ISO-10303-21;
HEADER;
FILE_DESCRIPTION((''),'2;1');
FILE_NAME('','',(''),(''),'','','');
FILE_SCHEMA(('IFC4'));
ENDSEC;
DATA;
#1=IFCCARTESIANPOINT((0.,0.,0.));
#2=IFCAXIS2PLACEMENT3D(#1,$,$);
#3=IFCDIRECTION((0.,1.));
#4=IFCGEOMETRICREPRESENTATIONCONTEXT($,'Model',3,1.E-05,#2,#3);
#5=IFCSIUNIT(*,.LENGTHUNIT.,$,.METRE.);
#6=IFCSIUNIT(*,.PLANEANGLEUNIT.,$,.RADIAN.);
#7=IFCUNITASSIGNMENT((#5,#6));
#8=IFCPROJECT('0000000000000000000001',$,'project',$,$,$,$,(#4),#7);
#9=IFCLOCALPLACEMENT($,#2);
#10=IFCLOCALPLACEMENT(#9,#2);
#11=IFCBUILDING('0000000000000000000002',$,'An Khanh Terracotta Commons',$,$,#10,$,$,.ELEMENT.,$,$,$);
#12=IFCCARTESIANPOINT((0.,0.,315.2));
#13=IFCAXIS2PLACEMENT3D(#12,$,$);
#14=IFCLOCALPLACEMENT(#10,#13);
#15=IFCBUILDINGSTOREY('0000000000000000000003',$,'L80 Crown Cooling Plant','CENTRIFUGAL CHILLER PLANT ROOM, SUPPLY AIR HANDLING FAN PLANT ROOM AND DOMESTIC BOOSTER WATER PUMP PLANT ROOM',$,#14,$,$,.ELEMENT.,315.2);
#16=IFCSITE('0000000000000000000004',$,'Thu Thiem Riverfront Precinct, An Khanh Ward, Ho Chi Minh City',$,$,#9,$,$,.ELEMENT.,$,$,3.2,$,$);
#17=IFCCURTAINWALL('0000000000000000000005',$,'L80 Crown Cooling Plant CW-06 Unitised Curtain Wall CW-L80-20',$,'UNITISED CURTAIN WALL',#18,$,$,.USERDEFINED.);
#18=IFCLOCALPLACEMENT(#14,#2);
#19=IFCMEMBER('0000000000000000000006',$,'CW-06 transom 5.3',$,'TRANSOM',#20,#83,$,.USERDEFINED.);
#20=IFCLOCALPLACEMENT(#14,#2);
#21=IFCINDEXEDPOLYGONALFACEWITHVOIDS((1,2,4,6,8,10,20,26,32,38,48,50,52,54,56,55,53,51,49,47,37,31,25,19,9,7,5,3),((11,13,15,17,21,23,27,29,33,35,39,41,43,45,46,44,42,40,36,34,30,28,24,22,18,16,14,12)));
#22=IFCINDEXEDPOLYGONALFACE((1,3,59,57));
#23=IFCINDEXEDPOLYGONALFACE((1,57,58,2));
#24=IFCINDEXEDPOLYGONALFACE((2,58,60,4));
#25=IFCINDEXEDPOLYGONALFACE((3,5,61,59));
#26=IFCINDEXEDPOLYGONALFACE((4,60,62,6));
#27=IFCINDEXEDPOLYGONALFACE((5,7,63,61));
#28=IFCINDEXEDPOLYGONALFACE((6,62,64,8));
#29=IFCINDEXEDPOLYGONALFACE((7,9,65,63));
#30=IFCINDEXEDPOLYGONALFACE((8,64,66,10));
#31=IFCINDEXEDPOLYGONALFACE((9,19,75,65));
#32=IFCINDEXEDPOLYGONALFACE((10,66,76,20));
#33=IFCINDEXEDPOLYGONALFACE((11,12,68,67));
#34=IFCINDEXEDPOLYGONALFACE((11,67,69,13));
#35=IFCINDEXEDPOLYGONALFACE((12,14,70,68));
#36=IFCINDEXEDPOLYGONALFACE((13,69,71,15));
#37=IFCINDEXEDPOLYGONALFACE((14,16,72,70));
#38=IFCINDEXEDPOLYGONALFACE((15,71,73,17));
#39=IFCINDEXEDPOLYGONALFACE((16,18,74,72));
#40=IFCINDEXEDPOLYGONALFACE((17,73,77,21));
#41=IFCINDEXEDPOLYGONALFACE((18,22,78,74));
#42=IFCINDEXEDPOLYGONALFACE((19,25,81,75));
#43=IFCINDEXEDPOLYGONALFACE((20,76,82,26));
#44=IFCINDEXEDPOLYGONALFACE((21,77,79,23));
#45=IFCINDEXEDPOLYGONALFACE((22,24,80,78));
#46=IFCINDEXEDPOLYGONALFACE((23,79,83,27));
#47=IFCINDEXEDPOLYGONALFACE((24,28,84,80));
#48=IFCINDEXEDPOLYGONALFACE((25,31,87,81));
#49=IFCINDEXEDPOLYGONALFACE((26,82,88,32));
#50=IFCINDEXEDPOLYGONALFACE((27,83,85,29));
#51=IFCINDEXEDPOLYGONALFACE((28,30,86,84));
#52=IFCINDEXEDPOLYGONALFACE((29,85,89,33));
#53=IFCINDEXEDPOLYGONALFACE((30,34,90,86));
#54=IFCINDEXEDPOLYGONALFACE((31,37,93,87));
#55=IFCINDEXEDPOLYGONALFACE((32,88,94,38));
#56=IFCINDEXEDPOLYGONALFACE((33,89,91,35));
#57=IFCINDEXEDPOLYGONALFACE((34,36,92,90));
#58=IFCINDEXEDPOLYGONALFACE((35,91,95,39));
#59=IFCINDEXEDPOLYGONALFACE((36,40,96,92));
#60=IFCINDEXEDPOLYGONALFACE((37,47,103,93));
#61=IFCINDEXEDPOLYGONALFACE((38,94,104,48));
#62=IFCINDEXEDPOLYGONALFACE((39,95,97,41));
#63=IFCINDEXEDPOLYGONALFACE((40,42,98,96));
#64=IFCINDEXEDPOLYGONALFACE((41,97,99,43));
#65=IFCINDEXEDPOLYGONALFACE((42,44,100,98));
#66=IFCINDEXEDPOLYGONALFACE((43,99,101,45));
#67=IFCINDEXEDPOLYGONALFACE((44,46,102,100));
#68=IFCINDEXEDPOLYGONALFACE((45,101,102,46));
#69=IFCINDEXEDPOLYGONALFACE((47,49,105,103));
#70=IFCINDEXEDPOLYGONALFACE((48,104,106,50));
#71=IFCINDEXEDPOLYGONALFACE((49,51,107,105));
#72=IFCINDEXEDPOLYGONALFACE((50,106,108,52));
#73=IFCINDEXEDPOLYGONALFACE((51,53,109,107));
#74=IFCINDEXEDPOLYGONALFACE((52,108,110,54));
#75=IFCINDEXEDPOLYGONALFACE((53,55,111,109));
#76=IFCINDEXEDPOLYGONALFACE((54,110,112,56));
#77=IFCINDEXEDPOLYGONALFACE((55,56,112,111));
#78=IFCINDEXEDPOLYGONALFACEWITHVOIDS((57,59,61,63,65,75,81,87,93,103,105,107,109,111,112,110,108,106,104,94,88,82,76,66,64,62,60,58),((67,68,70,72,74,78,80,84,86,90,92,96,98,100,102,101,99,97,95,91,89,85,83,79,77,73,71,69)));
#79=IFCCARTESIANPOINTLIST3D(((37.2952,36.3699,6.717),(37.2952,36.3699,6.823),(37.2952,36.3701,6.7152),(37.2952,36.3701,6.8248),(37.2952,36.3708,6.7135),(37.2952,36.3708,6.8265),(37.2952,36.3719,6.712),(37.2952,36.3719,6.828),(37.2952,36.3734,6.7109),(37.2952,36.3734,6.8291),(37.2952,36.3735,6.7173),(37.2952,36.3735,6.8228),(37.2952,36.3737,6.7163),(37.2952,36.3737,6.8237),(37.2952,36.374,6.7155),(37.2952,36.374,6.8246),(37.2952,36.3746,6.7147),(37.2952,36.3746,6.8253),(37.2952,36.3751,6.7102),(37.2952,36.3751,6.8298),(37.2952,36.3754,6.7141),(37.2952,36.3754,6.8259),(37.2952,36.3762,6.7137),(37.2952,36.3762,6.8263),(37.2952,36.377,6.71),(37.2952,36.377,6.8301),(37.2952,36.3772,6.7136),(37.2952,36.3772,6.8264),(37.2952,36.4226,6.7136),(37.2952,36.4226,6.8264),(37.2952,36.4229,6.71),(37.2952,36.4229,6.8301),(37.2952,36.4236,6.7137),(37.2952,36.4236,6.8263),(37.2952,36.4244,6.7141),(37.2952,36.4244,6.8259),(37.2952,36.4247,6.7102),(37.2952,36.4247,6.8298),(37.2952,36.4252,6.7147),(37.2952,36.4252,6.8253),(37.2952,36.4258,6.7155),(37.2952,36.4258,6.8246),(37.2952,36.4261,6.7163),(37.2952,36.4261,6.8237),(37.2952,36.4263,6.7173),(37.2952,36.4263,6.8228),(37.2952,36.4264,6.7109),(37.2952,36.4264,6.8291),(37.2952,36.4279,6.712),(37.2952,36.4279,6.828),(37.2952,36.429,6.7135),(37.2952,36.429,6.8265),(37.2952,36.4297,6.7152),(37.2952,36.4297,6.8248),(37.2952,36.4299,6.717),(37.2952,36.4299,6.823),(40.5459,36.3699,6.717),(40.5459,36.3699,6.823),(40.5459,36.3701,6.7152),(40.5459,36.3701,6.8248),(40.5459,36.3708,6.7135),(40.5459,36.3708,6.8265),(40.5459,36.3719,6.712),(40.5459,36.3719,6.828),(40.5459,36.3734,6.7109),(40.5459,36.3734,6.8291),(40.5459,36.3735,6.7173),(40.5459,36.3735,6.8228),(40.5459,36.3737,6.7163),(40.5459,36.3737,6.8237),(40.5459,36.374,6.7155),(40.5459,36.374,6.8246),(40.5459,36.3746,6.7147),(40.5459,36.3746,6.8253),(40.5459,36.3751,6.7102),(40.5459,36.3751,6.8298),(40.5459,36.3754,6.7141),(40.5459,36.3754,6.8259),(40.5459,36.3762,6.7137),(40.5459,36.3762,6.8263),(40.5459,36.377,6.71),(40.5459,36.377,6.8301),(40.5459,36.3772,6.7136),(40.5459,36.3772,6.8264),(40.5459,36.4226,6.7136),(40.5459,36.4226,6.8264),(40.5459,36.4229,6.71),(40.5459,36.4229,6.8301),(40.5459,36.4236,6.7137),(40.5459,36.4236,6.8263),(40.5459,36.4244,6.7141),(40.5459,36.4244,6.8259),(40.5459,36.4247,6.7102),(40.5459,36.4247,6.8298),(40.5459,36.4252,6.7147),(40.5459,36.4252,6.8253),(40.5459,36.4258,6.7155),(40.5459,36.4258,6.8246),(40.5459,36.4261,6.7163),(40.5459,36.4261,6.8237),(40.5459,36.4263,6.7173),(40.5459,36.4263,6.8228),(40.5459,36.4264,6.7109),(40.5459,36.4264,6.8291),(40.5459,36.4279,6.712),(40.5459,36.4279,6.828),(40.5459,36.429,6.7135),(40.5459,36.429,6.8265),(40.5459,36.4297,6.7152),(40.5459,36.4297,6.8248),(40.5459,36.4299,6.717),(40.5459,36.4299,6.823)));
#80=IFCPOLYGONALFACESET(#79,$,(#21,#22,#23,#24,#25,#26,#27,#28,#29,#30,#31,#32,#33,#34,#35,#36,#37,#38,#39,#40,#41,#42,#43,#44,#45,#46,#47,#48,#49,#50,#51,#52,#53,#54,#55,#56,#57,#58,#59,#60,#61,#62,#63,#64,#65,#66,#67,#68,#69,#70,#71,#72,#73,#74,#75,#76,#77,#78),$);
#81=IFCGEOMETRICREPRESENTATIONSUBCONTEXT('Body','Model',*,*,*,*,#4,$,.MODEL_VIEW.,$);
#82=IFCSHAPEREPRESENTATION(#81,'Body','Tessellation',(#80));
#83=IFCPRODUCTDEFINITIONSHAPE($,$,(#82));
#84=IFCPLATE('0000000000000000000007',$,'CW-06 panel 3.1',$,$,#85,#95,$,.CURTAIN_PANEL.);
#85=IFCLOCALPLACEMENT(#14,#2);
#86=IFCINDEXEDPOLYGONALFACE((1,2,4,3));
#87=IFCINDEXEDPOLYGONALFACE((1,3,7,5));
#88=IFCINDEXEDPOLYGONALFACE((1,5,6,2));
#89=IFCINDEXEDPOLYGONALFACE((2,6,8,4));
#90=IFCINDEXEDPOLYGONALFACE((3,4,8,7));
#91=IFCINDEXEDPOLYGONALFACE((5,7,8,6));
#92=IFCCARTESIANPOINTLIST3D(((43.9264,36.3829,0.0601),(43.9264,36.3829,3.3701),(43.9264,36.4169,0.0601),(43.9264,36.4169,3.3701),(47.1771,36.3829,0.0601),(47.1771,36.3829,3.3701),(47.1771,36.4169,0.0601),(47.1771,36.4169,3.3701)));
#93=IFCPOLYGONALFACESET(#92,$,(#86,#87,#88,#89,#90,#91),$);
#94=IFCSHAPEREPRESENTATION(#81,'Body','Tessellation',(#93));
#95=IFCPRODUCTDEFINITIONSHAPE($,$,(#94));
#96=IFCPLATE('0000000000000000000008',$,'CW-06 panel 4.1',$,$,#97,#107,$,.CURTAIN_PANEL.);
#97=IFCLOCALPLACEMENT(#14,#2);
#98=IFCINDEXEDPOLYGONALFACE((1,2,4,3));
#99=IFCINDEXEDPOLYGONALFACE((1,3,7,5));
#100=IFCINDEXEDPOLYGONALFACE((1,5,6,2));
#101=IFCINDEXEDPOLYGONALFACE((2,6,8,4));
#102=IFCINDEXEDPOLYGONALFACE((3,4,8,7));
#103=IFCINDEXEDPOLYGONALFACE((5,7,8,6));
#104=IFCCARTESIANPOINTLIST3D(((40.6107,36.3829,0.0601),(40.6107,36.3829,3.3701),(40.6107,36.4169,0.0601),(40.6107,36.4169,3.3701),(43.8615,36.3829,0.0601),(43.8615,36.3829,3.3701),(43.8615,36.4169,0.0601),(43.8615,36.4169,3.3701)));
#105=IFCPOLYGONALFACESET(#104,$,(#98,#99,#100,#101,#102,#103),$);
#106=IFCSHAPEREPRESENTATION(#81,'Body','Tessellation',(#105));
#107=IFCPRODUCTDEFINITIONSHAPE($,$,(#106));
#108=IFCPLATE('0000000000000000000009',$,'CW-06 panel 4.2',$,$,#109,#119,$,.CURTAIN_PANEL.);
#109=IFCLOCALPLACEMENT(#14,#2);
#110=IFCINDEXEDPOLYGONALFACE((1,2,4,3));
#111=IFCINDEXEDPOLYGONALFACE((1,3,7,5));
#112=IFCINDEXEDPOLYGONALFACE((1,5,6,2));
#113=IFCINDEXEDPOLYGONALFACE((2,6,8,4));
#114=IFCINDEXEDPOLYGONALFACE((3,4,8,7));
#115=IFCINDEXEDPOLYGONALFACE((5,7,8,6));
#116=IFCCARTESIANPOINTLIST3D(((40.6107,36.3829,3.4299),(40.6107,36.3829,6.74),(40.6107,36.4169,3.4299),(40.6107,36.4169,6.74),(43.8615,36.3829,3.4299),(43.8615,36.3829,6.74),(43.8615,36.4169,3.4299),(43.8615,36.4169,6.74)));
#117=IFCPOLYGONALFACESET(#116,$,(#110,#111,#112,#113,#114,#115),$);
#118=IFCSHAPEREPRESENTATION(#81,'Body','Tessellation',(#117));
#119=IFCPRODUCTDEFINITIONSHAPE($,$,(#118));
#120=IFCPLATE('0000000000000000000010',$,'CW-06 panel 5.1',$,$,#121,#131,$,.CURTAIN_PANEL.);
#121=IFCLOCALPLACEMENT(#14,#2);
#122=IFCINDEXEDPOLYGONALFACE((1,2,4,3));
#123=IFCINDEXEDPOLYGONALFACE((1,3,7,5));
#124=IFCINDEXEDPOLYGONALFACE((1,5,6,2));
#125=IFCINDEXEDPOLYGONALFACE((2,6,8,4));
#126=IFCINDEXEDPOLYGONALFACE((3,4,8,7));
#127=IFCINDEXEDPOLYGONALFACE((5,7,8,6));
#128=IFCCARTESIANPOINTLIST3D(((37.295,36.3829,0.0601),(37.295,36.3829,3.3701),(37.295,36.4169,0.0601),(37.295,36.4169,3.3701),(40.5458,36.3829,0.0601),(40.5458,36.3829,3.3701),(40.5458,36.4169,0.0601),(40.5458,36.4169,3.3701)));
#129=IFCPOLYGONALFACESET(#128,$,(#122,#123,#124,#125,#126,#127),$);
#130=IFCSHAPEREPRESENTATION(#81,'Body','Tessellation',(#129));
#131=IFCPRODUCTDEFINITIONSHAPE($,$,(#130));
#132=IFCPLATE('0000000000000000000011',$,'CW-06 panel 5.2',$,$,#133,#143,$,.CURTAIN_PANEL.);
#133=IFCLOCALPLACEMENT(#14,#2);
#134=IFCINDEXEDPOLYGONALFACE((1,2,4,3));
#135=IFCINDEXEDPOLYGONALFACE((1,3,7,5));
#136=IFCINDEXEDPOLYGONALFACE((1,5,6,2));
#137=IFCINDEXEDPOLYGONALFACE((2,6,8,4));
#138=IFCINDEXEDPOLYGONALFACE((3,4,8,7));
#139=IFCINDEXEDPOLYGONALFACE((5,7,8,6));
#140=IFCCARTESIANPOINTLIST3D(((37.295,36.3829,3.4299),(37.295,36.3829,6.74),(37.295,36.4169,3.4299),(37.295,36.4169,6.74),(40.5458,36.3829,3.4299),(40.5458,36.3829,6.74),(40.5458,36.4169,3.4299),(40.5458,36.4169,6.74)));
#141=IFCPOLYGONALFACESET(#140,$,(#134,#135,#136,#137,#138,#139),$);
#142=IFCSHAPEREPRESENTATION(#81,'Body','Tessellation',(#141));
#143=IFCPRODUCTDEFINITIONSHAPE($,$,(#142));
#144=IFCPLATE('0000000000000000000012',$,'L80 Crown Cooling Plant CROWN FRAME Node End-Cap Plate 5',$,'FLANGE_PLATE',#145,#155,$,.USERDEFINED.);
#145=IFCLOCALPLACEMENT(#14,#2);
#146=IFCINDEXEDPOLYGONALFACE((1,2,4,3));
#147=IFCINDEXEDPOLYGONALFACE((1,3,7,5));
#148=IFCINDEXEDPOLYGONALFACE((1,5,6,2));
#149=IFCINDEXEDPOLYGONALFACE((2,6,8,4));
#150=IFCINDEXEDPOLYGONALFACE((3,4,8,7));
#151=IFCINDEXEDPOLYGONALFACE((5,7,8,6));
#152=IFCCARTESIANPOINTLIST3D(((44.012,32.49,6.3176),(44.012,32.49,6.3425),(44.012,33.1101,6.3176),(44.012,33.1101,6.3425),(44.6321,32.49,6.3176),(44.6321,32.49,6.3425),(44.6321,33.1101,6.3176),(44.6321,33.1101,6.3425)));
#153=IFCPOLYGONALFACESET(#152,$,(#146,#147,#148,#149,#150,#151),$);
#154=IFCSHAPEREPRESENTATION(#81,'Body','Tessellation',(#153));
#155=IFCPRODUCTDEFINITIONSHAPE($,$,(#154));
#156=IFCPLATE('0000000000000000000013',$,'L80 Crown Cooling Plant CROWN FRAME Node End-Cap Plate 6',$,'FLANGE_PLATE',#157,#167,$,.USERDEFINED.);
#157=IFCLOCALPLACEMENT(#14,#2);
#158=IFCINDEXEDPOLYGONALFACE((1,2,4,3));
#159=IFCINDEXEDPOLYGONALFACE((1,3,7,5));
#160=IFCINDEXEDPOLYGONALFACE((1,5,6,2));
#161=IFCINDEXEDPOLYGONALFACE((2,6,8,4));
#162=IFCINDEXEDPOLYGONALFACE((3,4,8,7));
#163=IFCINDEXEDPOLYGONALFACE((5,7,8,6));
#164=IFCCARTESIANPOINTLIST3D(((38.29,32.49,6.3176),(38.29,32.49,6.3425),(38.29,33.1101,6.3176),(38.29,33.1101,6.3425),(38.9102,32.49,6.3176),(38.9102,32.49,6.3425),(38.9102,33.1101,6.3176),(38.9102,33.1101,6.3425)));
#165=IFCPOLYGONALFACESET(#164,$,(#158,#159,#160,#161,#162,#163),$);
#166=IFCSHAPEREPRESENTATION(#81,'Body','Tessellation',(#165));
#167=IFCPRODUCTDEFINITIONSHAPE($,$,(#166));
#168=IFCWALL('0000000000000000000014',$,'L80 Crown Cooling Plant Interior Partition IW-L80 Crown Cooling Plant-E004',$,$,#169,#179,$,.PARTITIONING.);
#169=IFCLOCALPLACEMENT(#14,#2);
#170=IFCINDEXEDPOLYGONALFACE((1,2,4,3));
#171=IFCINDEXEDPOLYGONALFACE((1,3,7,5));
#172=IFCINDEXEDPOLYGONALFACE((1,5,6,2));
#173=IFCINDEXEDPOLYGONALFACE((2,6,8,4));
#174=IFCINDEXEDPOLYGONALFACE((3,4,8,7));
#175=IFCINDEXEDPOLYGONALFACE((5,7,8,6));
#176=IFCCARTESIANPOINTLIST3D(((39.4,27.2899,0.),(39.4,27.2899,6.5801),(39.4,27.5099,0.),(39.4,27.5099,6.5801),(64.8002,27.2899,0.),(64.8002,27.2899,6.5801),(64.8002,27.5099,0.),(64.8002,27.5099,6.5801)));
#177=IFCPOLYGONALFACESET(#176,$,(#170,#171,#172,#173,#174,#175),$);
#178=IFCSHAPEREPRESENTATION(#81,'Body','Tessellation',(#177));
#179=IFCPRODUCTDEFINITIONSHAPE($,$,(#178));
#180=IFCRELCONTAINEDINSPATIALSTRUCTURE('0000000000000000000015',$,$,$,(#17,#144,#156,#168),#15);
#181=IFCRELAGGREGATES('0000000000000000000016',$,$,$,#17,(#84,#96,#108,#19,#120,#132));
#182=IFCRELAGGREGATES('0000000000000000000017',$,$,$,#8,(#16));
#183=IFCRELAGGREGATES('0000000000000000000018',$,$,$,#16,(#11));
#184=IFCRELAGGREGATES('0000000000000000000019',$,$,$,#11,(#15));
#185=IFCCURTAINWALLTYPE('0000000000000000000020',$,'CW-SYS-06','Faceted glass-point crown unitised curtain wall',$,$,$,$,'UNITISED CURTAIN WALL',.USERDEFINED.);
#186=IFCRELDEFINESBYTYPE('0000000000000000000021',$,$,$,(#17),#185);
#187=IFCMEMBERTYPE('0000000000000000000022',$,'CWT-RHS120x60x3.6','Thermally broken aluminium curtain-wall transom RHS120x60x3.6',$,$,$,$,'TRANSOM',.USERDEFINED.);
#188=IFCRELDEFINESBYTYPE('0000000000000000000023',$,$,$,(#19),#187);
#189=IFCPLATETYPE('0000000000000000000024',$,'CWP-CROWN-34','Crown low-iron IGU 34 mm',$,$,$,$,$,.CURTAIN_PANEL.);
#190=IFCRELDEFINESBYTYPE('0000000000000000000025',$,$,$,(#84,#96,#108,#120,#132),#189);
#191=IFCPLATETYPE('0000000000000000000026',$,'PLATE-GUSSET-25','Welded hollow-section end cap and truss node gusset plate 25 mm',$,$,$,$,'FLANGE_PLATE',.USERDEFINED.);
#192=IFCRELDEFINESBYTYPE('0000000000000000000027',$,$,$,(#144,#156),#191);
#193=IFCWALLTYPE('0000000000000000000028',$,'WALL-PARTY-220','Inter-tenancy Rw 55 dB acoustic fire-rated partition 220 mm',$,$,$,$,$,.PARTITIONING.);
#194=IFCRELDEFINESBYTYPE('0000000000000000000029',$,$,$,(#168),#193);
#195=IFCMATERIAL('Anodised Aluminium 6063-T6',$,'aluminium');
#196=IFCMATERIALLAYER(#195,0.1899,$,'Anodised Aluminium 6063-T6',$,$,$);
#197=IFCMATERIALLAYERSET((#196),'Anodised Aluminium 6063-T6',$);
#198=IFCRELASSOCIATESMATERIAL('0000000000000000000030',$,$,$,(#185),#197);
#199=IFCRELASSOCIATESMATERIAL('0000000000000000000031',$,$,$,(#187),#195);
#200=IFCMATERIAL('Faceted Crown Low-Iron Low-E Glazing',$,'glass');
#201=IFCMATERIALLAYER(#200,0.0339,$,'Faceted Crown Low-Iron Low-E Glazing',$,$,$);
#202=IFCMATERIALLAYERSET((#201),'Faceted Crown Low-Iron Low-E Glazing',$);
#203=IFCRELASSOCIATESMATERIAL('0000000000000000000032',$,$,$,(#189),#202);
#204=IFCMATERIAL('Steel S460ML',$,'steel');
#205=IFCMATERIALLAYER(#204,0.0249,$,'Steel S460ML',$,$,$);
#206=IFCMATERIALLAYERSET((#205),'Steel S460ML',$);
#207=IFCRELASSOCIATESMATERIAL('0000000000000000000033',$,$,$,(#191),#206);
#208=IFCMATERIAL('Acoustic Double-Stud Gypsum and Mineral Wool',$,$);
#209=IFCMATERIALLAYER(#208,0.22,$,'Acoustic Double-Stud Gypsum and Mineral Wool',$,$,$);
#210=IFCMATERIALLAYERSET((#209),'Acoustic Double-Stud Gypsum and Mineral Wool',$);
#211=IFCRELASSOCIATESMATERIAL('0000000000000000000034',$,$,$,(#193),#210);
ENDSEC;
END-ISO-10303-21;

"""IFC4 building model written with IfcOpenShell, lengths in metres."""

from ifc_helpers import new_model, si_unit, direction, frame, frame_2d, origin, origin_2d, place, context, subcontext, project, spatial, rectangle, hollow_rectangle, extrude, material, layer, layer_set, material_profile, profile_set, type_object, element, aggregate, save


model = new_model("IFC4")

# Units and contexts
model_context = context("Model", 3, precision=1e-05, world=origin(), true_north=direction((0.0, 1.0)))
body_context = subcontext(model_context, "Body", "Model", "MODEL_VIEW")
ifc_project = project(units=[si_unit("LENGTHUNIT", "METRE"), si_unit("PLANEANGLEUNIT", "RADIAN")], contexts=[model_context])

# Site, building, storey
site_placement = place(None, origin())
site = spatial("IfcSite", under=ifc_project, at=site_placement, Name="Thu Thiem Riverfront Precinct, An Khanh Ward, Ho Chi Minh City", CompositionType="ELEMENT", RefElevation=3.2)
building_placement = place(site_placement, origin())
building = spatial("IfcBuilding", under=site, at=building_placement, Name="An Khanh Terracotta Commons", CompositionType="ELEMENT")
storey_placement = place(building_placement, frame((0.0, 0.0, 315.2)))
storey = spatial("IfcBuildingStorey", under=building, at=storey_placement, Name="L80 Crown Cooling Plant", Description="CENTRIFUGAL CHILLER PLANT ROOM, SUPPLY AIR HANDLING FAN PLANT ROOM AND DOMESTIC BOOSTER WATER PUMP PLANT ROOM", CompositionType="ELEMENT", Elevation=315.2)

# Shared definitions
ifc_material_1 = material(Name="Steel S460ML", Category="steel")

# Curtain wall, member, plates
ifc_material_2 = material(Name="Anodised Aluminium 6063-T6", Category="aluminium")
ifc_layer_1 = layer(ifc_material_2, 0.1899, Name="Anodised Aluminium 6063-T6")
ifc_layer_set_1 = layer_set([ifc_layer_1], Name="Anodised Aluminium 6063-T6")
curtain_wall_type = type_object("IfcCurtainWallType", Name="CW-SYS-06", Description="Faceted glass-point crown unitised curtain wall", ElementType="UNITISED CURTAIN WALL", PredefinedType="USERDEFINED", material=ifc_layer_set_1)
curtain_wall_placement = place(storey_placement, origin())
curtain_wall = element("IfcCurtainWall", 1, at=curtain_wall_placement, inside=storey, type_object=curtain_wall_type, Name="L80 Crown Cooling Plant CW-06 Unitised Curtain Wall CW-L80-20", ObjectType="UNITISED CURTAIN WALL", PredefinedType="USERDEFINED")
ifc_material_profile_1 = material_profile(ifc_material_2, hollow_rectangle(XDim=0.0601, YDim=0.1201, WallThickness=0.0037, InnerFilletRadius=0.0037, OuterFilletRadius=0.0071, at=origin_2d()), Name="RHS120x60x3.6")
ifc_profile_set_1 = profile_set([ifc_material_profile_1], Name="Anodised Aluminium 6063-T6")
member_type_1 = type_object("IfcMemberType", Name="CWT-RHS120x60x3.6", Description="Thermally broken aluminium curtain-wall transom RHS120x60x3.6", ElementType="TRANSOM", PredefinedType="USERDEFINED", material=ifc_profile_set_1)
member_1_placement = place(storey_placement, frame((40.5459, 36.3999, 6.77), z_axis=(-1.0, 0.0, 0.0), x_axis=(0.0, -1.0, 0.0)))
member_1 = element("IfcMember", 2, at=member_1_placement, type_object=member_type_1, Name="CW-06 transom 5.3", ObjectType="TRANSOM", PredefinedType="USERDEFINED", context=body_context, shape_type="SweptSolid", body=[
    extrude(hollow_rectangle(XDim=0.0601, YDim=0.1201, WallThickness=0.0037, InnerFilletRadius=0.0037, OuterFilletRadius=0.0071, at=origin_2d()), origin(), (0.0, 0.0, 1.0), 3.2507),
])
ifc_material_3 = material(Name="Faceted Crown Low-Iron Low-E Glazing", Category="glass")
ifc_layer_2 = layer(ifc_material_3, 0.0339, Name="Faceted Crown Low-Iron Low-E Glazing")
ifc_layer_set_2 = layer_set([ifc_layer_2], Name="Faceted Crown Low-Iron Low-E Glazing")
plate_type_1 = type_object("IfcPlateType", Name="CWP-CROWN-34", Description="Crown low-iron IGU 34 mm", PredefinedType="CURTAIN_PANEL", material=ifc_layer_set_2)
plate_1_placement = place(storey_placement, frame((45.5518, 36.3999, 0.0601), z_axis=(0.0, 0.0, 1.0), x_axis=(-1.0, 0.0, 0.0)))
plate_1 = element("IfcPlate", 3, at=plate_1_placement, type_object=plate_type_1, Name="CW-06 panel 3.1", PredefinedType="CURTAIN_PANEL", context=body_context, shape_type="SweptSolid", body=[
    extrude(rectangle(XDim=3.2507, YDim=0.0339, at=origin_2d()), origin(), (0.0, 0.0, 1.0), 3.3101),
])
plate_2_placement = place(storey_placement, frame((42.2361, 36.3999, 0.0601), z_axis=(0.0, 0.0, 1.0), x_axis=(-1.0, 0.0, 0.0)))
plate_2 = element("IfcPlate", 4, at=plate_2_placement, type_object=plate_type_1, Name="CW-06 panel 4.1", PredefinedType="CURTAIN_PANEL", context=body_context, shape_type="SweptSolid", body=[
    extrude(rectangle(XDim=3.2507, YDim=0.0339, at=origin_2d()), origin(), (0.0, 0.0, 1.0), 3.3101),
])
plate_3_placement = place(storey_placement, frame((42.2361, 36.3999, 3.4299), z_axis=(0.0, 0.0, 1.0), x_axis=(-1.0, 0.0, 0.0)))
plate_3 = element("IfcPlate", 5, at=plate_3_placement, type_object=plate_type_1, Name="CW-06 panel 4.2", PredefinedType="CURTAIN_PANEL", context=body_context, shape_type="SweptSolid", body=[
    extrude(rectangle(XDim=3.2507, YDim=0.0339, at=origin_2d()), origin(), (0.0, 0.0, 1.0), 3.3101),
])
plate_4_placement = place(storey_placement, frame((38.9204, 36.3999, 0.0601), z_axis=(0.0, 0.0, 1.0), x_axis=(-1.0, 0.0, 0.0)))
plate_4 = element("IfcPlate", 6, at=plate_4_placement, type_object=plate_type_1, Name="CW-06 panel 5.1", PredefinedType="CURTAIN_PANEL", context=body_context, shape_type="SweptSolid", body=[
    extrude(rectangle(XDim=3.2507, YDim=0.0339, at=origin_2d()), origin(), (0.0, 0.0, 1.0), 3.3101),
])
plate_5_placement = place(storey_placement, frame((38.9204, 36.3999, 3.4299), z_axis=(0.0, 0.0, 1.0), x_axis=(-1.0, 0.0, 0.0)))
plate_5 = element("IfcPlate", 7, at=plate_5_placement, type_object=plate_type_1, Name="CW-06 panel 5.2", PredefinedType="CURTAIN_PANEL", context=body_context, shape_type="SweptSolid", body=[
    extrude(rectangle(XDim=3.2507, YDim=0.0339, at=origin_2d()), origin(), (0.0, 0.0, 1.0), 3.3101),
])
aggregate(curtain_wall, [plate_1, plate_2, plate_3, member_1, plate_4, plate_5])

# Plates
ifc_layer_3 = layer(ifc_material_1, 0.0249, Name="Steel S460ML")
ifc_layer_set_3 = layer_set([ifc_layer_3], Name="Steel S460ML")
plate_type_2 = type_object("IfcPlateType", Name="PLATE-GUSSET-25", Description="Welded hollow-section end cap and truss node gusset plate 25 mm", ElementType="FLANGE_PLATE", PredefinedType="USERDEFINED", material=ifc_layer_set_3)
for number, where, z_axis, x_axis, name in (
    (8, (44.322, 32.8, 6.3176), (0.0, 0.0, 1.0), (1.0, 0.0, 0.0), "L80 Crown Cooling Plant CROWN FRAME Node End-Cap Plate 5"),
    (9, (38.6001, 32.8, 6.3176), (0.0, 0.0, 1.0), (1.0, 0.0, 0.0), "L80 Crown Cooling Plant CROWN FRAME Node End-Cap Plate 6"),
):
    element("IfcPlate", number, at=place(storey_placement, frame(where, z_axis=z_axis, x_axis=x_axis)), inside=storey, type_object=plate_type_2, Name=name, ObjectType="FLANGE_PLATE", PredefinedType="USERDEFINED", context=body_context, shape_type="SweptSolid", body=[
        extrude(rectangle(XDim=0.6201, YDim=0.6201, at=origin_2d()), origin(), (0.0, 0.0, 1.0), 0.0249),
    ])

# Wall
ifc_material_4 = material(Name="Acoustic Double-Stud Gypsum and Mineral Wool")
ifc_layer_4 = layer(ifc_material_4, 0.22, Name="Acoustic Double-Stud Gypsum and Mineral Wool")
ifc_layer_set_4 = layer_set([ifc_layer_4], Name="Acoustic Double-Stud Gypsum and Mineral Wool")
wall_type = type_object("IfcWallType", Name="WALL-PARTY-220", Description="Inter-tenancy Rw 55 dB acoustic fire-rated partition 220 mm", PredefinedType="PARTITIONING", material=ifc_layer_set_4)
wall_placement = place(storey_placement, frame((39.3999, 27.3999, 0.0), z_axis=(0.0, 0.0, 1.0), x_axis=(1.0, 0.0, 0.0)))
element("IfcWall", 10, at=wall_placement, inside=storey, type_object=wall_type, Name="L80 Crown Cooling Plant Interior Partition IW-L80 Crown Cooling Plant-E004", PredefinedType="PARTITIONING", context=body_context, shape_type="SweptSolid", body=[
    extrude(rectangle(XDim=25.4001, YDim=0.22, at=frame_2d((12.7002, 0.0))), origin(), (0.0, 0.0, 1.0), 6.5801),
])

save(model, "model.ifc")
